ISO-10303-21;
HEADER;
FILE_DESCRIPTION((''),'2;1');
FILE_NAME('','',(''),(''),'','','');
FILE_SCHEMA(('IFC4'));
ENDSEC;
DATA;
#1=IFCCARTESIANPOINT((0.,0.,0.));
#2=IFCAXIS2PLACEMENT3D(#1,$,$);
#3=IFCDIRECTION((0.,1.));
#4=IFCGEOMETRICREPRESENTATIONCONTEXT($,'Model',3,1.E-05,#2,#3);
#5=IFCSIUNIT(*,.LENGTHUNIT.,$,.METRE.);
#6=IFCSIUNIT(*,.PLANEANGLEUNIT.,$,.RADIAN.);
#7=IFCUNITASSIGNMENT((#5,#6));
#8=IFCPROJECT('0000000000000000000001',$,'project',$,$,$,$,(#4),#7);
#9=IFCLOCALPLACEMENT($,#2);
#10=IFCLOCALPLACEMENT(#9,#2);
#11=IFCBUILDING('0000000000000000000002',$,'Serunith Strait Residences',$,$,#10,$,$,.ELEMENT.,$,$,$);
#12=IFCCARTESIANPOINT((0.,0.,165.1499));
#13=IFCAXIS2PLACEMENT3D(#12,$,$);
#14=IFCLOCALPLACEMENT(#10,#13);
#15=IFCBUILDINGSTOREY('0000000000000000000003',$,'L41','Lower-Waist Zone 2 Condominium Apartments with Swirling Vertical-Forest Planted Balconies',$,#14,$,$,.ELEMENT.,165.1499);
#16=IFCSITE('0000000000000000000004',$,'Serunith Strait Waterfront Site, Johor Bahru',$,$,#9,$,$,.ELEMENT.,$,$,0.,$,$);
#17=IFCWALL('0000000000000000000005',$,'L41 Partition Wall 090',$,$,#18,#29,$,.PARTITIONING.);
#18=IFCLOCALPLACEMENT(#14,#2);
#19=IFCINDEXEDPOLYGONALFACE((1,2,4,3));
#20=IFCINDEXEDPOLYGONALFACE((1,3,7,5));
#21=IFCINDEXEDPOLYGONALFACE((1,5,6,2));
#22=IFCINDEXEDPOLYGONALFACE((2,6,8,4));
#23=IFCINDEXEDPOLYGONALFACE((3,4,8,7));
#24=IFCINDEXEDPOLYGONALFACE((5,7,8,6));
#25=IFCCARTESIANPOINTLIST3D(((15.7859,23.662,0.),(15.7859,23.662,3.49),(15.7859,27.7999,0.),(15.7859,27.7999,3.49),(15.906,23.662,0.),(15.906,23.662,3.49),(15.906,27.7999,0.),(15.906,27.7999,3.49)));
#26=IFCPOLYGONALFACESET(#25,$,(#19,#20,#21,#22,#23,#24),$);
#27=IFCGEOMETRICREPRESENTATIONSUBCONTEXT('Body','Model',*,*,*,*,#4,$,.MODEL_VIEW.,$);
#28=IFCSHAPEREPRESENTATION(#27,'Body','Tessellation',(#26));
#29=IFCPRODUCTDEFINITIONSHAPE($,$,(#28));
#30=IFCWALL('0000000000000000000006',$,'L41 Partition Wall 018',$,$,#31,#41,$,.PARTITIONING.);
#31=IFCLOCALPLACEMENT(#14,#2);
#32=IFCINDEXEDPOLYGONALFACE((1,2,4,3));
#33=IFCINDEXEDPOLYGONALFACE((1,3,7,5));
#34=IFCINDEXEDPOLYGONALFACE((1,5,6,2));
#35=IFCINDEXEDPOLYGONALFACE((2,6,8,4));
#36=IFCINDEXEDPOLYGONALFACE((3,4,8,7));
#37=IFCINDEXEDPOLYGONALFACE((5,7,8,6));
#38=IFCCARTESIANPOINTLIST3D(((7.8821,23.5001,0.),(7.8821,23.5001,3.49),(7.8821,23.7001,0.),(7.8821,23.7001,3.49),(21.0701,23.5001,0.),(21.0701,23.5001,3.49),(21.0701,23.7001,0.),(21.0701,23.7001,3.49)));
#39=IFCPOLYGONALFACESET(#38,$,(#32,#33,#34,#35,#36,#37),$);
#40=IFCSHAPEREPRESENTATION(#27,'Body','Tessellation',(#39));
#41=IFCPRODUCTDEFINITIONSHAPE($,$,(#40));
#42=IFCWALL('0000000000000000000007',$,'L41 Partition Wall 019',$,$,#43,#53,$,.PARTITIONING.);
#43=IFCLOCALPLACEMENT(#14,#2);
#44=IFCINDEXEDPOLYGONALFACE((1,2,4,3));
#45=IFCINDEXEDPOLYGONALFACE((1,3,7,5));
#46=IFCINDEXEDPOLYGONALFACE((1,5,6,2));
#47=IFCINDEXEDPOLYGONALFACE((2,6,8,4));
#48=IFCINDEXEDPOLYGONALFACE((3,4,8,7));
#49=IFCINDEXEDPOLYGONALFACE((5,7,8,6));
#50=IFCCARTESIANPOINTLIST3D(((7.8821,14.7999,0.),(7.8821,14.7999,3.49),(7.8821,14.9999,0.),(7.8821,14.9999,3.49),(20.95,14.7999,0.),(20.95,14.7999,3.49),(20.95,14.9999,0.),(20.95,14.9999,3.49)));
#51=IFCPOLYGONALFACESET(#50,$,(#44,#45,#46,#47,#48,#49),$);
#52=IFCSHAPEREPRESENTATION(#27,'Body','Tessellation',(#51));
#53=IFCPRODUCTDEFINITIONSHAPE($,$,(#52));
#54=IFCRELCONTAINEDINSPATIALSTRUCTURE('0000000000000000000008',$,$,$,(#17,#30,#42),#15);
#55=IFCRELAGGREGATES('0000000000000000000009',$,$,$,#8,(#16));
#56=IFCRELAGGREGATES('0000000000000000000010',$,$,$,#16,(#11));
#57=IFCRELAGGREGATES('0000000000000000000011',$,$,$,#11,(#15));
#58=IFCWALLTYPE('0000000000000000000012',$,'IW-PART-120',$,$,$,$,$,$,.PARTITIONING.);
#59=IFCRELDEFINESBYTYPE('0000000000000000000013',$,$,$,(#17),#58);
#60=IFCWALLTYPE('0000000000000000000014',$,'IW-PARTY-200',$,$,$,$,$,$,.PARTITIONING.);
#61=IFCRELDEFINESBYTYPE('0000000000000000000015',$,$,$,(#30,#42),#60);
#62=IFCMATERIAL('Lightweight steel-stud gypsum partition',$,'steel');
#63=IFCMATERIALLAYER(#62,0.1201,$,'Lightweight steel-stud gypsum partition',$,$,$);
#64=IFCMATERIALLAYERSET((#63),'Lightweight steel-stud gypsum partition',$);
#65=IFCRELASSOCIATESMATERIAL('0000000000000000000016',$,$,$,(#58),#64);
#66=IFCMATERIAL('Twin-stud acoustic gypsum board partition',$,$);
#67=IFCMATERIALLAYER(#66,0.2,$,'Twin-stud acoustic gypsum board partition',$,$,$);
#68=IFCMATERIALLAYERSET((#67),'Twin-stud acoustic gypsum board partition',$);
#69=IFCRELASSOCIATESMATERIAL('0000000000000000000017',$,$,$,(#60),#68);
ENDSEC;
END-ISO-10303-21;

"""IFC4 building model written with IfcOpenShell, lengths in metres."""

from ifc_helpers import new_model, si_unit, direction, frame, frame_2d, origin, place, context, subcontext, project, spatial, rectangle, extrude, material, layer, layer_set, type_object, element, save


model = new_model("IFC4")

# Units and contexts
model_context = context("Model", 3, precision=1e-05, world=origin(), true_north=direction((0.0, 1.0)))
body_context = subcontext(model_context, "Body", "Model", "MODEL_VIEW")
ifc_project = project(units=[si_unit("LENGTHUNIT", "METRE"), si_unit("PLANEANGLEUNIT", "RADIAN")], contexts=[model_context])

# Site, building, storey
site_placement = place(None, origin())
site = spatial("IfcSite", under=ifc_project, at=site_placement, Name="Serunith Strait Waterfront Site, Johor Bahru", CompositionType="ELEMENT", RefElevation=0.0)
building_placement = place(site_placement, origin())
building = spatial("IfcBuilding", under=site, at=building_placement, Name="Serunith Strait Residences", CompositionType="ELEMENT")
storey_placement = place(building_placement, frame((0.0, 0.0, 165.1499)))
storey = spatial("IfcBuildingStorey", under=building, at=storey_placement, Name="L41", Description="Lower-Waist Zone 2 Condominium Apartments with Swirling Vertical-Forest Planted Balconies", CompositionType="ELEMENT", Elevation=165.1499)

# Shared definitions
ifc_material_1 = material(Name="Lightweight steel-stud gypsum partition", Category="steel")
ifc_layer_1 = layer(ifc_material_1, 0.1201, Name="Lightweight steel-stud gypsum partition")
ifc_layer_set_1 = layer_set([ifc_layer_1], Name="Lightweight steel-stud gypsum partition")
wall_type_1 = type_object("IfcWallType", Name="IW-PART-120", PredefinedType="PARTITIONING", material=ifc_layer_set_1)

# Walls
wall_1_placement = place(storey_placement, frame((15.8459, 23.6621, 0.0), z_axis=(0.0, 0.0, 1.0), x_axis=(0.0, 1.0, 0.0)))
element("IfcWall", 1, at=wall_1_placement, inside=storey, type_object=wall_type_1, Name="L41 Partition Wall 090", PredefinedType="PARTITIONING", context=body_context, shape_type="SweptSolid", body=[
    extrude(rectangle(XDim=4.1379, YDim=0.1201, at=frame_2d((2.0688, 0.0))), origin(), (0.0, 0.0, 1.0), 3.49),
])
ifc_material_2 = material(Name="Twin-stud acoustic gypsum board partition")
ifc_layer_2 = layer(ifc_material_2, 0.2, Name="Twin-stud acoustic gypsum board partition")
ifc_layer_set_2 = layer_set([ifc_layer_2], Name="Twin-stud acoustic gypsum board partition")
wall_type_2 = type_object("IfcWallType", Name="IW-PARTY-200", PredefinedType="PARTITIONING", material=ifc_layer_set_2)
wall_2_placement = place(storey_placement, frame((7.8821, 23.6001, 0.0), z_axis=(0.0, 0.0, 1.0), x_axis=(1.0, 0.0, 0.0)))
element("IfcWall", 2, at=wall_2_placement, inside=storey, type_object=wall_type_2, Name="L41 Partition Wall 018", PredefinedType="PARTITIONING", context=body_context, shape_type="SweptSolid", body=[
    extrude(rectangle(XDim=13.188, YDim=0.2, at=frame_2d((6.594, 0.0))), origin(), (0.0, 0.0, 1.0), 3.49),
])
wall_3_placement = place(storey_placement, frame((7.8821, 14.8999, 0.0), z_axis=(0.0, 0.0, 1.0), x_axis=(1.0, 0.0, 0.0)))
element("IfcWall", 3, at=wall_3_placement, inside=storey, type_object=wall_type_2, Name="L41 Partition Wall 019", PredefinedType="PARTITIONING", context=body_context, shape_type="SweptSolid", body=[
    extrude(rectangle(XDim=13.0679, YDim=0.2, at=frame_2d((6.5339, 0.0))), origin(), (0.0, 0.0, 1.0), 3.49),
])

save(model, "model.ifc")
